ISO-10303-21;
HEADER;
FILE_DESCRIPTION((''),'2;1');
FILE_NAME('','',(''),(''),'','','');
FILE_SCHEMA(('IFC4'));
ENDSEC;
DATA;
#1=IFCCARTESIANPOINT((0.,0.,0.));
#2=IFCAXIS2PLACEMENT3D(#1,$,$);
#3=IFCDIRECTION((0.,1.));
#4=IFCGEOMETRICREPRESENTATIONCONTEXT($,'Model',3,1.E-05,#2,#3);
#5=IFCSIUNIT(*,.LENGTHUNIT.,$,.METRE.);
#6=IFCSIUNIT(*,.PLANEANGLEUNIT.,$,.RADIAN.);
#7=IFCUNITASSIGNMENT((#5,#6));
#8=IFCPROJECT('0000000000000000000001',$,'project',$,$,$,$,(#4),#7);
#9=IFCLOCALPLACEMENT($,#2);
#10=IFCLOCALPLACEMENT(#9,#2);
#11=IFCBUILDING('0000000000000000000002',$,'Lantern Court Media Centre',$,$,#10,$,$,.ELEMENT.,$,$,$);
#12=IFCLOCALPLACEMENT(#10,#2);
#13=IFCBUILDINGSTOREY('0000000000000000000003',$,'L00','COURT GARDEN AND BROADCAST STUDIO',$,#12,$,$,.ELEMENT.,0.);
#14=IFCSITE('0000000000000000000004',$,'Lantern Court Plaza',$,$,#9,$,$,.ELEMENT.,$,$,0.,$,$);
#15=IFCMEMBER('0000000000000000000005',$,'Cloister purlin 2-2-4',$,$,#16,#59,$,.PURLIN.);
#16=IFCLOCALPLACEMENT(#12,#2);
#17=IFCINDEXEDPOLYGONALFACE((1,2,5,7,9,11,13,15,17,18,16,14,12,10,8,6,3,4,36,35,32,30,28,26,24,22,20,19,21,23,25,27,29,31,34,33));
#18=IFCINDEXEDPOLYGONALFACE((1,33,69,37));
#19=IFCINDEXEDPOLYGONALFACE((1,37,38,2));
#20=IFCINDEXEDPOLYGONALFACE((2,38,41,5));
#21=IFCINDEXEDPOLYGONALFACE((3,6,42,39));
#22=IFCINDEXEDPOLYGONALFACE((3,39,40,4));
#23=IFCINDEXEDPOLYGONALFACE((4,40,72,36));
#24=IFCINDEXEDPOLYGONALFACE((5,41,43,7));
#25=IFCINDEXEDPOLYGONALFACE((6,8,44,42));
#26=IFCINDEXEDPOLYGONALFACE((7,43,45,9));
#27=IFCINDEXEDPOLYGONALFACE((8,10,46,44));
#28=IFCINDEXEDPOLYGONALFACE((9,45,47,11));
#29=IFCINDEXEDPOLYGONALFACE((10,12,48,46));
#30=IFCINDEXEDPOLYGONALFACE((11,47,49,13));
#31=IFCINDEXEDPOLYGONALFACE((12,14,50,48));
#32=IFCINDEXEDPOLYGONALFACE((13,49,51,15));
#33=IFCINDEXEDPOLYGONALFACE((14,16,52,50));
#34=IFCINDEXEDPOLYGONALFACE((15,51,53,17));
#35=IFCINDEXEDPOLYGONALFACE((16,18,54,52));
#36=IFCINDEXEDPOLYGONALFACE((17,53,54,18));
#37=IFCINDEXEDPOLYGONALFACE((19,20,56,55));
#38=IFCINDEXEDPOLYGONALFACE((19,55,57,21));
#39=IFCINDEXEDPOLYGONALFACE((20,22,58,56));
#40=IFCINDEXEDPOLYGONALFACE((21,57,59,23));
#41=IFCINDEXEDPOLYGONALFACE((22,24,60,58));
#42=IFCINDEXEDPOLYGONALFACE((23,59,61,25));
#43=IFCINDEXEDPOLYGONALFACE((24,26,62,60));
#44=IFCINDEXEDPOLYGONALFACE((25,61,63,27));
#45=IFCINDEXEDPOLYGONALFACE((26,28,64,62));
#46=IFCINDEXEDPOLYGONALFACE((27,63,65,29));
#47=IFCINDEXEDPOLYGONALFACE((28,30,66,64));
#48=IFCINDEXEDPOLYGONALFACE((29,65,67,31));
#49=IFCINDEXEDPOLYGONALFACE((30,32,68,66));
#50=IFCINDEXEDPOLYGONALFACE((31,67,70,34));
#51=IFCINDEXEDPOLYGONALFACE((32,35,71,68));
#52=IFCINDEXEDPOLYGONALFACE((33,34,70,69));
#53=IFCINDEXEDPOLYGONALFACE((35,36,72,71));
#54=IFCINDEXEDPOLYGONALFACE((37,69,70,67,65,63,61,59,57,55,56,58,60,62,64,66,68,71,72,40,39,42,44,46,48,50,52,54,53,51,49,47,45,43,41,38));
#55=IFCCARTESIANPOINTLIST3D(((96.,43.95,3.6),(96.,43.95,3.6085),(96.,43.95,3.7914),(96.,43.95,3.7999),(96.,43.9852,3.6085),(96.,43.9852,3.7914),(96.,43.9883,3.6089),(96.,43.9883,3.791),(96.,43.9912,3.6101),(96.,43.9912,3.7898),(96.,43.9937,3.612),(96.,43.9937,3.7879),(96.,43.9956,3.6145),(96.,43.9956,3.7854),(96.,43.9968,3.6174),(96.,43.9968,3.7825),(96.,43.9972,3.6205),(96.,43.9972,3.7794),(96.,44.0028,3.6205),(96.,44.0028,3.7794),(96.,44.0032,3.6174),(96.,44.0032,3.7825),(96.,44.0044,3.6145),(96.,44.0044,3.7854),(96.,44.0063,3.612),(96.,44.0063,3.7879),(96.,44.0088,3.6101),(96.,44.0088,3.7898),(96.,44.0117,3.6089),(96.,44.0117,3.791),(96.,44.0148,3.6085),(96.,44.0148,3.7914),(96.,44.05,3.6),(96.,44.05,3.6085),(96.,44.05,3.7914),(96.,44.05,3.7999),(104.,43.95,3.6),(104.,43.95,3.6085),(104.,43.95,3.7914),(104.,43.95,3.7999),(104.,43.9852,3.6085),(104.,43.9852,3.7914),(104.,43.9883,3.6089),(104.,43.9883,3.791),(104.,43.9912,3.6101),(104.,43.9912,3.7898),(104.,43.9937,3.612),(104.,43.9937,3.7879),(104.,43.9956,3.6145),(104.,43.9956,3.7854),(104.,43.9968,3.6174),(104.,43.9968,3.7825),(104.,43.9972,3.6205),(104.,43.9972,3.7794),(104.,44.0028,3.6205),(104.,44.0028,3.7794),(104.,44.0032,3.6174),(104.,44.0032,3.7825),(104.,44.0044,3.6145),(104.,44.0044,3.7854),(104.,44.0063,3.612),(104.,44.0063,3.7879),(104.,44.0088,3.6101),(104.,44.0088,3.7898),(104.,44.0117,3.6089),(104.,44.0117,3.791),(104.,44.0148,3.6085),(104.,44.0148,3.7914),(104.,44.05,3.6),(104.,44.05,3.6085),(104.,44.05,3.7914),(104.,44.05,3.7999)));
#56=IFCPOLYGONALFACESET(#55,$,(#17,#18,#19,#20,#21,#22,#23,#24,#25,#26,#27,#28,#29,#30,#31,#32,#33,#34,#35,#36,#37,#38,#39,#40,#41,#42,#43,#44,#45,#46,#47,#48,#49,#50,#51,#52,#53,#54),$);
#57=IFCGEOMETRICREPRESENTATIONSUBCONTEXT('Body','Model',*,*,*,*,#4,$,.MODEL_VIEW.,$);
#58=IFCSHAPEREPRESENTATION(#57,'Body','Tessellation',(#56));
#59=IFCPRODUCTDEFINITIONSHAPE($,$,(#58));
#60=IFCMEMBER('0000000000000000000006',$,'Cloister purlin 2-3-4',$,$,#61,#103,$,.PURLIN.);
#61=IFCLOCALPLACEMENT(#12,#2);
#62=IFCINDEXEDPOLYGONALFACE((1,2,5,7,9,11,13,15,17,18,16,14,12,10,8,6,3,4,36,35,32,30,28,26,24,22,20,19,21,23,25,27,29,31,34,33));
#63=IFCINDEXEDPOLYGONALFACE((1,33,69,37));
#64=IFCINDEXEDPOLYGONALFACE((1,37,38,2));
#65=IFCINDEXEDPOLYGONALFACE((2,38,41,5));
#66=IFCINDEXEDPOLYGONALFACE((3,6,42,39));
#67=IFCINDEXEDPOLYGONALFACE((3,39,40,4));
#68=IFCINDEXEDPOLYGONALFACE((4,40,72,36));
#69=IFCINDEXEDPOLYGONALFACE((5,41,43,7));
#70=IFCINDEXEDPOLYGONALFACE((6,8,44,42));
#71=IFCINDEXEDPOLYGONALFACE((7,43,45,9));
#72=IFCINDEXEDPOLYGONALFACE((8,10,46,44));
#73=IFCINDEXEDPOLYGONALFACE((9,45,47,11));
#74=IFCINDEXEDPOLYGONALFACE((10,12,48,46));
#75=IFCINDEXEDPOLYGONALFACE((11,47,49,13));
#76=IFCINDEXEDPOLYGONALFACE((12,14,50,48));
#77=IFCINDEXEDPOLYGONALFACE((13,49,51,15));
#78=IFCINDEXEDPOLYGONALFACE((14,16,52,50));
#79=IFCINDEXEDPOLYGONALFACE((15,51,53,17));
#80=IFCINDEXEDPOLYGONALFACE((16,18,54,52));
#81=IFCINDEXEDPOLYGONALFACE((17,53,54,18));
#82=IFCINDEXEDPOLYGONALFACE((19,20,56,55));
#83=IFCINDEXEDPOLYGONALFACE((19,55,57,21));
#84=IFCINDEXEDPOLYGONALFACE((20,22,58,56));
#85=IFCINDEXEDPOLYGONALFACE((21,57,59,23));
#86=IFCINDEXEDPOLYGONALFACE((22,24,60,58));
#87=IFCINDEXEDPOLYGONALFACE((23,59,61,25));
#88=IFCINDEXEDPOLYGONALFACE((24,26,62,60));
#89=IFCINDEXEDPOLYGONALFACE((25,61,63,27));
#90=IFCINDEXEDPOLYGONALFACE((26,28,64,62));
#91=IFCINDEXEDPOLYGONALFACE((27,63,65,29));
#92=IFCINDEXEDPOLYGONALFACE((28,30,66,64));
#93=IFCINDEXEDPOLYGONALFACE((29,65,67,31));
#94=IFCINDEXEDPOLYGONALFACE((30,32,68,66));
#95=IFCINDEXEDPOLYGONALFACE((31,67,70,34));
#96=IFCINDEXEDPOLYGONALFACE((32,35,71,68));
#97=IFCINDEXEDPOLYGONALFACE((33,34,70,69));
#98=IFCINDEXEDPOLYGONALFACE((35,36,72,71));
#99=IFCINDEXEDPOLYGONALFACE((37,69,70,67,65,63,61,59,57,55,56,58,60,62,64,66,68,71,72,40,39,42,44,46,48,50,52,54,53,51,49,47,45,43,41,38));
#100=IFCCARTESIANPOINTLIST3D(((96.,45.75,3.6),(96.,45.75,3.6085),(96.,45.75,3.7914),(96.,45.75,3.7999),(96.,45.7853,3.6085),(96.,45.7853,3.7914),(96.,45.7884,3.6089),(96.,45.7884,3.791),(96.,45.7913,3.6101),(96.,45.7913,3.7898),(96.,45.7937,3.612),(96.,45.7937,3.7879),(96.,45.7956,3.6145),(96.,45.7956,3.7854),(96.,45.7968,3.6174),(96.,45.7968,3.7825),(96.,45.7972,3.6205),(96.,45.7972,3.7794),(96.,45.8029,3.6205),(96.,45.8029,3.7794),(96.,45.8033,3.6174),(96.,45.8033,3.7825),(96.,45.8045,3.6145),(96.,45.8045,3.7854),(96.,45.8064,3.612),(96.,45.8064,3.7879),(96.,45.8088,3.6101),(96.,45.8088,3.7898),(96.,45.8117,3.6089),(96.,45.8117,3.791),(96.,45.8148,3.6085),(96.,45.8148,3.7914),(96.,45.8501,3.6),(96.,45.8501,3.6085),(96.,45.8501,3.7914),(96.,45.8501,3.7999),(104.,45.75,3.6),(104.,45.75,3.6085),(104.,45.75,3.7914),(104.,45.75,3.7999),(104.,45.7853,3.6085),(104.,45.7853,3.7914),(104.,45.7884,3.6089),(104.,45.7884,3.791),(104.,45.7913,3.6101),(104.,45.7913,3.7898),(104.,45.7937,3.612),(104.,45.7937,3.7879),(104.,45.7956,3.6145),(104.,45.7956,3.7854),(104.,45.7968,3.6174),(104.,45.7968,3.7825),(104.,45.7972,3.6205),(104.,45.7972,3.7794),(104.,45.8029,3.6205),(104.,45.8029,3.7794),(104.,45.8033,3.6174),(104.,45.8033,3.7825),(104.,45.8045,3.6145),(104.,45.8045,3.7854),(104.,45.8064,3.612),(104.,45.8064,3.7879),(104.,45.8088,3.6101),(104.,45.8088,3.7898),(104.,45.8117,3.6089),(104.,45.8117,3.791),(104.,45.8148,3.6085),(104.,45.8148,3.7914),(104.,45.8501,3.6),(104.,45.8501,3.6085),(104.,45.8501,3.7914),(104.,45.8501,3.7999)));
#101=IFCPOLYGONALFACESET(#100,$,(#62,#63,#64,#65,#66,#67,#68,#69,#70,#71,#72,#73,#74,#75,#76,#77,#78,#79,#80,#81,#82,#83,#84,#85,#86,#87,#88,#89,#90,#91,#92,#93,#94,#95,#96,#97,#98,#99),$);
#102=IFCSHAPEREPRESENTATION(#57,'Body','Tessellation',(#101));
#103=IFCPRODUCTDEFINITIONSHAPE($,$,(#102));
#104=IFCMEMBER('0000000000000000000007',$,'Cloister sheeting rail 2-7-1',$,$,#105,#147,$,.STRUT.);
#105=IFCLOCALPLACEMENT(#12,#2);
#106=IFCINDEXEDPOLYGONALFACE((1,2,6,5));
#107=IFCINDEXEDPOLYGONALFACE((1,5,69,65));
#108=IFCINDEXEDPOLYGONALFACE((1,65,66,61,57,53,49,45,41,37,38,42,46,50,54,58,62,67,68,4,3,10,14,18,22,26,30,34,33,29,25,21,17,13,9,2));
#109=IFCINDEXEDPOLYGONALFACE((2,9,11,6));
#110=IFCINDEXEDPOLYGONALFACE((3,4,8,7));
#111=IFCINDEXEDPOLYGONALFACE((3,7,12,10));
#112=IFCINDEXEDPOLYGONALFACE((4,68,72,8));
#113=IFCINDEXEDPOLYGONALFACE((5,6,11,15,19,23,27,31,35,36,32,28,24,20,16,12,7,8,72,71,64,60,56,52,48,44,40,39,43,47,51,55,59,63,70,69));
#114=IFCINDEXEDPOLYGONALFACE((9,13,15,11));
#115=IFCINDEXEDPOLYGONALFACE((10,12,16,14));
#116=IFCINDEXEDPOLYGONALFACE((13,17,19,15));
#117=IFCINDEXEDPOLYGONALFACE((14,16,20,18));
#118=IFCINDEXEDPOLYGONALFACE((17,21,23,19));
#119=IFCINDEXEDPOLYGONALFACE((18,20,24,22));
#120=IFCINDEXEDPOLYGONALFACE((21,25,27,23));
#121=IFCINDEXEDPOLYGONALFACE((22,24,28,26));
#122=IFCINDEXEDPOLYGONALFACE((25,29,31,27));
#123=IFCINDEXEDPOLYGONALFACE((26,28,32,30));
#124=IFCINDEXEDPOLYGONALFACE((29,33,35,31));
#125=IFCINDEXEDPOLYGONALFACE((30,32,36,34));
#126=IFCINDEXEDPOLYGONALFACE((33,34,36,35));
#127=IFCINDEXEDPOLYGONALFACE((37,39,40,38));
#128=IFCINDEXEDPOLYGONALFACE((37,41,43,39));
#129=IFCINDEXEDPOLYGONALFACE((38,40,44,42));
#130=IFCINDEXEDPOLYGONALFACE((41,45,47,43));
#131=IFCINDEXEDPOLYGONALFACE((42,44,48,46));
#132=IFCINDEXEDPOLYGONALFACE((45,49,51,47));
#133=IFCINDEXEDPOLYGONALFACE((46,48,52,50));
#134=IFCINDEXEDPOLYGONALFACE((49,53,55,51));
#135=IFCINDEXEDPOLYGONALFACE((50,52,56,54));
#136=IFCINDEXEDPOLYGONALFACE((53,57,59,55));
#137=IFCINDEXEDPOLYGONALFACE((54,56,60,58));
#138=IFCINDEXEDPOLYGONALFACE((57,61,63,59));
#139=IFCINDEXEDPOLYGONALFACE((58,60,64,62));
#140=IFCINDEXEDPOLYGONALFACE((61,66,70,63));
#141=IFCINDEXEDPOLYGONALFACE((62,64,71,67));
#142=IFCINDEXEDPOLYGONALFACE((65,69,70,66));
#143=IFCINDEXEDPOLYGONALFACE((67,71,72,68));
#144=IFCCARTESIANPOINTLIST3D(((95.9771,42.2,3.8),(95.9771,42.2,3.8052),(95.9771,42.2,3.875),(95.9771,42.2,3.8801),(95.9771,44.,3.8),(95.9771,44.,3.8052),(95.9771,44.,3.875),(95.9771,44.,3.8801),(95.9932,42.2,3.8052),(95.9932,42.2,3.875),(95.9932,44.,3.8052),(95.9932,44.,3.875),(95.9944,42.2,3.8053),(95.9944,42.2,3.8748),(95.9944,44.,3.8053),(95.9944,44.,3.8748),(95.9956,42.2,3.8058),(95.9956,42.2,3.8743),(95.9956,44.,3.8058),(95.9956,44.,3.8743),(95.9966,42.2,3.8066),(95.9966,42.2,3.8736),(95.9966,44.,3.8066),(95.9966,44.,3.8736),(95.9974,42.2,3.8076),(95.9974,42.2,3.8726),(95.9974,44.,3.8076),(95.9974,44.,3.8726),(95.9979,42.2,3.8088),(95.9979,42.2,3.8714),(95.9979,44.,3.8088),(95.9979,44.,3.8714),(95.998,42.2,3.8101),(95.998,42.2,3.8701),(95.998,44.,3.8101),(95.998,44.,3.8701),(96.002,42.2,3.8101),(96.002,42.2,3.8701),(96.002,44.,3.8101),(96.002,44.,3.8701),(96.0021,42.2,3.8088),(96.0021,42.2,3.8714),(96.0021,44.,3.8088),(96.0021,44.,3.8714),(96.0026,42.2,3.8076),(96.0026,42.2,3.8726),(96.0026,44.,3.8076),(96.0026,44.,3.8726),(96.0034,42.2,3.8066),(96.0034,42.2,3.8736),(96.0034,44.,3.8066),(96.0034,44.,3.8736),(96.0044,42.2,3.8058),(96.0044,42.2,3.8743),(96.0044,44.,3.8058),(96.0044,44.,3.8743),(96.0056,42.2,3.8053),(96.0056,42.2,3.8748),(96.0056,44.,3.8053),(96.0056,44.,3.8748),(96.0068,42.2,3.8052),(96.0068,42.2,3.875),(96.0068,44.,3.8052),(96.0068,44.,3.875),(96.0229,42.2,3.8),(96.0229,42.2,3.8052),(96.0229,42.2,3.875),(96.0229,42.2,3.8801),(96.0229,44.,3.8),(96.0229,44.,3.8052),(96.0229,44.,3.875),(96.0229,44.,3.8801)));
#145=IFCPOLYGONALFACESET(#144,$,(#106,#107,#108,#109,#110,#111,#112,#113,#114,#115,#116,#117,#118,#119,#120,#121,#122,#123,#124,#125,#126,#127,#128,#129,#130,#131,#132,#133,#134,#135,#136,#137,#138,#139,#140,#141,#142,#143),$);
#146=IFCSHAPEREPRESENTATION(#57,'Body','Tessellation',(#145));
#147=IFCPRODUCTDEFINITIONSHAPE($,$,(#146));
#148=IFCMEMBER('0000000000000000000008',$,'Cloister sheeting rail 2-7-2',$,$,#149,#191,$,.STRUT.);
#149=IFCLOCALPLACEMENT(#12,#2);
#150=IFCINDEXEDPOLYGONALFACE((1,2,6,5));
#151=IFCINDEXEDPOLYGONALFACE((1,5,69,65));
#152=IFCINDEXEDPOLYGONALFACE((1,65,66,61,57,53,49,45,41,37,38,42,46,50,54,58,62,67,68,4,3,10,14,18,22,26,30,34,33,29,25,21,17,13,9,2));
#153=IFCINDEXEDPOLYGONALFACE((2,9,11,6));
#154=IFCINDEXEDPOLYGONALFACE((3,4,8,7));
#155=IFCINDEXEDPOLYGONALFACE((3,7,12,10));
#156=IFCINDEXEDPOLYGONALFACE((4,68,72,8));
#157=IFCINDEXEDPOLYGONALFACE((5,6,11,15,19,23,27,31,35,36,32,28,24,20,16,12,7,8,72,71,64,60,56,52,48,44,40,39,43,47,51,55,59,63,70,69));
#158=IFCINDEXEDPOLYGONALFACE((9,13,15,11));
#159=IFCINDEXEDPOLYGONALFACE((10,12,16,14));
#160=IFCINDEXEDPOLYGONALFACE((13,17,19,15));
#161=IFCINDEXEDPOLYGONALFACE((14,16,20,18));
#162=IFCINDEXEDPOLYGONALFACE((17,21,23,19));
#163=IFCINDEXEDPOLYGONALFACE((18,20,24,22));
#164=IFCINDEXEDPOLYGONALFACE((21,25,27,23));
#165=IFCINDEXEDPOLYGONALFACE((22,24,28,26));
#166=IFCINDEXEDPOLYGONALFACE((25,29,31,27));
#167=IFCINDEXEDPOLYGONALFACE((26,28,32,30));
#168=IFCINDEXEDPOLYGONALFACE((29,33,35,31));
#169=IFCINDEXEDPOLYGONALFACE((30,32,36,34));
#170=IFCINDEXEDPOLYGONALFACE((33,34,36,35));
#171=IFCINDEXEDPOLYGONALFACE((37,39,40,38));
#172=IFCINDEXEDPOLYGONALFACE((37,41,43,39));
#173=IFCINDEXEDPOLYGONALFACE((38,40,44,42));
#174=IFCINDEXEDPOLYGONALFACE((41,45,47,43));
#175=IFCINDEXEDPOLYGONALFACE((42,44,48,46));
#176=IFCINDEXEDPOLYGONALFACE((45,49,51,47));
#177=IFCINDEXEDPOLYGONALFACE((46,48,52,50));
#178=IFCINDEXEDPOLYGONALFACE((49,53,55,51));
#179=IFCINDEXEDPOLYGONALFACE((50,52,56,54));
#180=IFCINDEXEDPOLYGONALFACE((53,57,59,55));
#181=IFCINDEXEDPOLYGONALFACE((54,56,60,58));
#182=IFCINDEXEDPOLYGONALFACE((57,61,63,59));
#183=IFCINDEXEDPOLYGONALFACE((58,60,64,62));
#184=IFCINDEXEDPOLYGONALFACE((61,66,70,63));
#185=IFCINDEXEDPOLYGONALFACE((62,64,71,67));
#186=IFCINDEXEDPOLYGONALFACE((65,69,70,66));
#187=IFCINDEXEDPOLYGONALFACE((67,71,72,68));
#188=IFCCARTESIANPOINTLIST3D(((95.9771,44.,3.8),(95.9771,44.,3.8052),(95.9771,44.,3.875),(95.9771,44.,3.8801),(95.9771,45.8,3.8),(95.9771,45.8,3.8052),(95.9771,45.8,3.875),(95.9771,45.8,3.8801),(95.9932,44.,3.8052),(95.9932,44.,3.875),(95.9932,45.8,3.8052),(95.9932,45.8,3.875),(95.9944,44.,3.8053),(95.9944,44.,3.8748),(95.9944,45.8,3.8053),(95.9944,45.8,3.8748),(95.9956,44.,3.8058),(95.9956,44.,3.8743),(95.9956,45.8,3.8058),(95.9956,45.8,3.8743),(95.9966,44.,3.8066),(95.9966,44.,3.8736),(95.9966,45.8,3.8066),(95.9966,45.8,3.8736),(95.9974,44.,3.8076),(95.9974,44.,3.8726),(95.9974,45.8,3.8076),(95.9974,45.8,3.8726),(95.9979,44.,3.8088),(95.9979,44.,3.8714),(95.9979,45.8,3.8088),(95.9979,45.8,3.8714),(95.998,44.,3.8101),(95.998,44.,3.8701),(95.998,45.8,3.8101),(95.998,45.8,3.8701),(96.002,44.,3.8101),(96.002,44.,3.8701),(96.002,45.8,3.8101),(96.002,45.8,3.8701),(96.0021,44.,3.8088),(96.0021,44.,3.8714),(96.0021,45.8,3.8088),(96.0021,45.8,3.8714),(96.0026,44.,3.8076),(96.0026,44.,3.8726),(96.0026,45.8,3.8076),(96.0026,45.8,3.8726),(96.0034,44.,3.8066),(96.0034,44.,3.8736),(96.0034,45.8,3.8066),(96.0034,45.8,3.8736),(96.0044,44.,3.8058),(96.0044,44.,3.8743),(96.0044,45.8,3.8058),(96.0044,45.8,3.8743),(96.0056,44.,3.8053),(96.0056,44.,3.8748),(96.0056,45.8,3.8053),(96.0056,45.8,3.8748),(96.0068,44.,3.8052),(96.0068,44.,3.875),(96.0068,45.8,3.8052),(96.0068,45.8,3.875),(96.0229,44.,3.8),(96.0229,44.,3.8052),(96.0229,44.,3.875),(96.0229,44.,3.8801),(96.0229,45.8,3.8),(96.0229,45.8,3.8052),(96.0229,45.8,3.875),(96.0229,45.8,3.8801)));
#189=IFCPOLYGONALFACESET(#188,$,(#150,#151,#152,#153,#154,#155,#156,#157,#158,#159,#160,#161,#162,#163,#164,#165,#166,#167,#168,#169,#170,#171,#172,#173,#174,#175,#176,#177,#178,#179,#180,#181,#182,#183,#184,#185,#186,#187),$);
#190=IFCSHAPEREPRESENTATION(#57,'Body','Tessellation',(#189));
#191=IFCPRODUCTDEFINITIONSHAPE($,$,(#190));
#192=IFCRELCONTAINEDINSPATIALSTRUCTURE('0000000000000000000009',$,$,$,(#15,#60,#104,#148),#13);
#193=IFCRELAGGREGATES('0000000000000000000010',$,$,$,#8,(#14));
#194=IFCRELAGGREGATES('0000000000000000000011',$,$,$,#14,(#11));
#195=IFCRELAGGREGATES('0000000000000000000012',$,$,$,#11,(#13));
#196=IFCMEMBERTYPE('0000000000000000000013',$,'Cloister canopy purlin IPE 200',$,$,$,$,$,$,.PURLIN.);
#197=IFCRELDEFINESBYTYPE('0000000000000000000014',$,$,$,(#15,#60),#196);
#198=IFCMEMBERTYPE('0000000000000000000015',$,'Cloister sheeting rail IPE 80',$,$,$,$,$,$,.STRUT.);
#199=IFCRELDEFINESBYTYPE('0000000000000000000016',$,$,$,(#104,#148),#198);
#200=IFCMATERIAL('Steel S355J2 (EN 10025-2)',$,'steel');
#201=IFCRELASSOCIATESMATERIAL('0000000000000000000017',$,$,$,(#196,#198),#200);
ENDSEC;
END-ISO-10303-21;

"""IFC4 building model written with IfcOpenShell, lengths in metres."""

from ifc_helpers import new_model, si_unit, direction, frame, origin, origin_2d, place, context, subcontext, project, spatial, i_section, extrude, material, material_profile, profile_set, type_object, element, save


model = new_model("IFC4")

# Units and contexts
model_context = context("Model", 3, precision=1e-05, world=origin(), true_north=direction((0.0, 1.0)))
body_context = subcontext(model_context, "Body", "Model", "MODEL_VIEW")
ifc_project = project(units=[si_unit("LENGTHUNIT", "METRE"), si_unit("PLANEANGLEUNIT", "RADIAN")], contexts=[model_context])

# Site, building, storey
site_placement = place(None, origin())
site = spatial("IfcSite", under=ifc_project, at=site_placement, Name="Lantern Court Plaza", CompositionType="ELEMENT", RefElevation=0.0)
building_placement = place(site_placement, origin())
building = spatial("IfcBuilding", under=site, at=building_placement, Name="Lantern Court Media Centre", CompositionType="ELEMENT")
storey_placement = place(building_placement, origin())
storey = spatial("IfcBuildingStorey", under=building, at=storey_placement, Name="L00", Description="COURT GARDEN AND BROADCAST STUDIO", CompositionType="ELEMENT", Elevation=0.0)

# Shared definitions
ifc_material_1 = material(Name="Steel S355J2 (EN 10025-2)", Category="steel")

# Members
ifc_material_profile_1 = material_profile(ifc_material_1, i_section(OverallWidth=0.1001, OverallDepth=0.2, WebThickness=0.0056, FlangeThickness=0.0085, FilletRadius=0.012, at=origin_2d()), Name="IPE 200")
ifc_profile_set_1 = profile_set([ifc_material_profile_1], Name="Steel S355J2 (EN 10025-2)")
member_type_1 = type_object("IfcMemberType", Name="Cloister canopy purlin IPE 200", PredefinedType="PURLIN", material=ifc_profile_set_1)
for number, where, z_axis, x_axis, name in (
    (1, (96.0, 44.0, 3.7), (1.0, 0.0, 0.0), (0.0, 1.0, 0.0), "Cloister purlin 2-2-4"),
    (2, (96.0, 45.8, 3.7), (1.0, 0.0, 0.0), (0.0, 1.0, 0.0), "Cloister purlin 2-3-4"),
):
    element("IfcMember", number, at=place(storey_placement, frame(where, z_axis=z_axis, x_axis=x_axis)), inside=storey, type_object=member_type_1, Name=name, PredefinedType="PURLIN", context=body_context, shape_type="SweptSolid", body=[
        extrude(i_section(OverallWidth=0.1001, OverallDepth=0.2, WebThickness=0.0056, FlangeThickness=0.0085, FilletRadius=0.012, at=origin_2d()), origin(), (0.0, 0.0, 1.0), 8.0),
    ])
ifc_material_profile_2 = material_profile(ifc_material_1, i_section(OverallWidth=0.0459, OverallDepth=0.0801, WebThickness=0.0039, FlangeThickness=0.0051, FilletRadius=0.0049, at=origin_2d()), Name="IPE 80")
ifc_profile_set_2 = profile_set([ifc_material_profile_2], Name="Steel S355J2 (EN 10025-2)")
member_type_2 = type_object("IfcMemberType", Name="Cloister sheeting rail IPE 80", PredefinedType="STRUT", material=ifc_profile_set_2)
for number, where, z_axis, x_axis, name in (
    (3, (96.0, 42.2, 3.8401), (0.0, 1.0, 0.0), (-1.0, 0.0, 0.0), "Cloister sheeting rail 2-7-1"),
    (4, (96.0, 44.0, 3.8401), (0.0, 1.0, 0.0), (-1.0, 0.0, 0.0), "Cloister sheeting rail 2-7-2"),
):
    element("IfcMember", number, at=place(storey_placement, frame(where, z_axis=z_axis, x_axis=x_axis)), inside=storey, type_object=member_type_2, Name=name, PredefinedType="STRUT", context=body_context, shape_type="SweptSolid", body=[
        extrude(i_section(OverallWidth=0.0459, OverallDepth=0.0801, WebThickness=0.0039, FlangeThickness=0.0051, FilletRadius=0.0049, at=origin_2d()), origin(), (0.0, 0.0, 1.0), 1.8),
    ])

save(model, "model.ifc")
